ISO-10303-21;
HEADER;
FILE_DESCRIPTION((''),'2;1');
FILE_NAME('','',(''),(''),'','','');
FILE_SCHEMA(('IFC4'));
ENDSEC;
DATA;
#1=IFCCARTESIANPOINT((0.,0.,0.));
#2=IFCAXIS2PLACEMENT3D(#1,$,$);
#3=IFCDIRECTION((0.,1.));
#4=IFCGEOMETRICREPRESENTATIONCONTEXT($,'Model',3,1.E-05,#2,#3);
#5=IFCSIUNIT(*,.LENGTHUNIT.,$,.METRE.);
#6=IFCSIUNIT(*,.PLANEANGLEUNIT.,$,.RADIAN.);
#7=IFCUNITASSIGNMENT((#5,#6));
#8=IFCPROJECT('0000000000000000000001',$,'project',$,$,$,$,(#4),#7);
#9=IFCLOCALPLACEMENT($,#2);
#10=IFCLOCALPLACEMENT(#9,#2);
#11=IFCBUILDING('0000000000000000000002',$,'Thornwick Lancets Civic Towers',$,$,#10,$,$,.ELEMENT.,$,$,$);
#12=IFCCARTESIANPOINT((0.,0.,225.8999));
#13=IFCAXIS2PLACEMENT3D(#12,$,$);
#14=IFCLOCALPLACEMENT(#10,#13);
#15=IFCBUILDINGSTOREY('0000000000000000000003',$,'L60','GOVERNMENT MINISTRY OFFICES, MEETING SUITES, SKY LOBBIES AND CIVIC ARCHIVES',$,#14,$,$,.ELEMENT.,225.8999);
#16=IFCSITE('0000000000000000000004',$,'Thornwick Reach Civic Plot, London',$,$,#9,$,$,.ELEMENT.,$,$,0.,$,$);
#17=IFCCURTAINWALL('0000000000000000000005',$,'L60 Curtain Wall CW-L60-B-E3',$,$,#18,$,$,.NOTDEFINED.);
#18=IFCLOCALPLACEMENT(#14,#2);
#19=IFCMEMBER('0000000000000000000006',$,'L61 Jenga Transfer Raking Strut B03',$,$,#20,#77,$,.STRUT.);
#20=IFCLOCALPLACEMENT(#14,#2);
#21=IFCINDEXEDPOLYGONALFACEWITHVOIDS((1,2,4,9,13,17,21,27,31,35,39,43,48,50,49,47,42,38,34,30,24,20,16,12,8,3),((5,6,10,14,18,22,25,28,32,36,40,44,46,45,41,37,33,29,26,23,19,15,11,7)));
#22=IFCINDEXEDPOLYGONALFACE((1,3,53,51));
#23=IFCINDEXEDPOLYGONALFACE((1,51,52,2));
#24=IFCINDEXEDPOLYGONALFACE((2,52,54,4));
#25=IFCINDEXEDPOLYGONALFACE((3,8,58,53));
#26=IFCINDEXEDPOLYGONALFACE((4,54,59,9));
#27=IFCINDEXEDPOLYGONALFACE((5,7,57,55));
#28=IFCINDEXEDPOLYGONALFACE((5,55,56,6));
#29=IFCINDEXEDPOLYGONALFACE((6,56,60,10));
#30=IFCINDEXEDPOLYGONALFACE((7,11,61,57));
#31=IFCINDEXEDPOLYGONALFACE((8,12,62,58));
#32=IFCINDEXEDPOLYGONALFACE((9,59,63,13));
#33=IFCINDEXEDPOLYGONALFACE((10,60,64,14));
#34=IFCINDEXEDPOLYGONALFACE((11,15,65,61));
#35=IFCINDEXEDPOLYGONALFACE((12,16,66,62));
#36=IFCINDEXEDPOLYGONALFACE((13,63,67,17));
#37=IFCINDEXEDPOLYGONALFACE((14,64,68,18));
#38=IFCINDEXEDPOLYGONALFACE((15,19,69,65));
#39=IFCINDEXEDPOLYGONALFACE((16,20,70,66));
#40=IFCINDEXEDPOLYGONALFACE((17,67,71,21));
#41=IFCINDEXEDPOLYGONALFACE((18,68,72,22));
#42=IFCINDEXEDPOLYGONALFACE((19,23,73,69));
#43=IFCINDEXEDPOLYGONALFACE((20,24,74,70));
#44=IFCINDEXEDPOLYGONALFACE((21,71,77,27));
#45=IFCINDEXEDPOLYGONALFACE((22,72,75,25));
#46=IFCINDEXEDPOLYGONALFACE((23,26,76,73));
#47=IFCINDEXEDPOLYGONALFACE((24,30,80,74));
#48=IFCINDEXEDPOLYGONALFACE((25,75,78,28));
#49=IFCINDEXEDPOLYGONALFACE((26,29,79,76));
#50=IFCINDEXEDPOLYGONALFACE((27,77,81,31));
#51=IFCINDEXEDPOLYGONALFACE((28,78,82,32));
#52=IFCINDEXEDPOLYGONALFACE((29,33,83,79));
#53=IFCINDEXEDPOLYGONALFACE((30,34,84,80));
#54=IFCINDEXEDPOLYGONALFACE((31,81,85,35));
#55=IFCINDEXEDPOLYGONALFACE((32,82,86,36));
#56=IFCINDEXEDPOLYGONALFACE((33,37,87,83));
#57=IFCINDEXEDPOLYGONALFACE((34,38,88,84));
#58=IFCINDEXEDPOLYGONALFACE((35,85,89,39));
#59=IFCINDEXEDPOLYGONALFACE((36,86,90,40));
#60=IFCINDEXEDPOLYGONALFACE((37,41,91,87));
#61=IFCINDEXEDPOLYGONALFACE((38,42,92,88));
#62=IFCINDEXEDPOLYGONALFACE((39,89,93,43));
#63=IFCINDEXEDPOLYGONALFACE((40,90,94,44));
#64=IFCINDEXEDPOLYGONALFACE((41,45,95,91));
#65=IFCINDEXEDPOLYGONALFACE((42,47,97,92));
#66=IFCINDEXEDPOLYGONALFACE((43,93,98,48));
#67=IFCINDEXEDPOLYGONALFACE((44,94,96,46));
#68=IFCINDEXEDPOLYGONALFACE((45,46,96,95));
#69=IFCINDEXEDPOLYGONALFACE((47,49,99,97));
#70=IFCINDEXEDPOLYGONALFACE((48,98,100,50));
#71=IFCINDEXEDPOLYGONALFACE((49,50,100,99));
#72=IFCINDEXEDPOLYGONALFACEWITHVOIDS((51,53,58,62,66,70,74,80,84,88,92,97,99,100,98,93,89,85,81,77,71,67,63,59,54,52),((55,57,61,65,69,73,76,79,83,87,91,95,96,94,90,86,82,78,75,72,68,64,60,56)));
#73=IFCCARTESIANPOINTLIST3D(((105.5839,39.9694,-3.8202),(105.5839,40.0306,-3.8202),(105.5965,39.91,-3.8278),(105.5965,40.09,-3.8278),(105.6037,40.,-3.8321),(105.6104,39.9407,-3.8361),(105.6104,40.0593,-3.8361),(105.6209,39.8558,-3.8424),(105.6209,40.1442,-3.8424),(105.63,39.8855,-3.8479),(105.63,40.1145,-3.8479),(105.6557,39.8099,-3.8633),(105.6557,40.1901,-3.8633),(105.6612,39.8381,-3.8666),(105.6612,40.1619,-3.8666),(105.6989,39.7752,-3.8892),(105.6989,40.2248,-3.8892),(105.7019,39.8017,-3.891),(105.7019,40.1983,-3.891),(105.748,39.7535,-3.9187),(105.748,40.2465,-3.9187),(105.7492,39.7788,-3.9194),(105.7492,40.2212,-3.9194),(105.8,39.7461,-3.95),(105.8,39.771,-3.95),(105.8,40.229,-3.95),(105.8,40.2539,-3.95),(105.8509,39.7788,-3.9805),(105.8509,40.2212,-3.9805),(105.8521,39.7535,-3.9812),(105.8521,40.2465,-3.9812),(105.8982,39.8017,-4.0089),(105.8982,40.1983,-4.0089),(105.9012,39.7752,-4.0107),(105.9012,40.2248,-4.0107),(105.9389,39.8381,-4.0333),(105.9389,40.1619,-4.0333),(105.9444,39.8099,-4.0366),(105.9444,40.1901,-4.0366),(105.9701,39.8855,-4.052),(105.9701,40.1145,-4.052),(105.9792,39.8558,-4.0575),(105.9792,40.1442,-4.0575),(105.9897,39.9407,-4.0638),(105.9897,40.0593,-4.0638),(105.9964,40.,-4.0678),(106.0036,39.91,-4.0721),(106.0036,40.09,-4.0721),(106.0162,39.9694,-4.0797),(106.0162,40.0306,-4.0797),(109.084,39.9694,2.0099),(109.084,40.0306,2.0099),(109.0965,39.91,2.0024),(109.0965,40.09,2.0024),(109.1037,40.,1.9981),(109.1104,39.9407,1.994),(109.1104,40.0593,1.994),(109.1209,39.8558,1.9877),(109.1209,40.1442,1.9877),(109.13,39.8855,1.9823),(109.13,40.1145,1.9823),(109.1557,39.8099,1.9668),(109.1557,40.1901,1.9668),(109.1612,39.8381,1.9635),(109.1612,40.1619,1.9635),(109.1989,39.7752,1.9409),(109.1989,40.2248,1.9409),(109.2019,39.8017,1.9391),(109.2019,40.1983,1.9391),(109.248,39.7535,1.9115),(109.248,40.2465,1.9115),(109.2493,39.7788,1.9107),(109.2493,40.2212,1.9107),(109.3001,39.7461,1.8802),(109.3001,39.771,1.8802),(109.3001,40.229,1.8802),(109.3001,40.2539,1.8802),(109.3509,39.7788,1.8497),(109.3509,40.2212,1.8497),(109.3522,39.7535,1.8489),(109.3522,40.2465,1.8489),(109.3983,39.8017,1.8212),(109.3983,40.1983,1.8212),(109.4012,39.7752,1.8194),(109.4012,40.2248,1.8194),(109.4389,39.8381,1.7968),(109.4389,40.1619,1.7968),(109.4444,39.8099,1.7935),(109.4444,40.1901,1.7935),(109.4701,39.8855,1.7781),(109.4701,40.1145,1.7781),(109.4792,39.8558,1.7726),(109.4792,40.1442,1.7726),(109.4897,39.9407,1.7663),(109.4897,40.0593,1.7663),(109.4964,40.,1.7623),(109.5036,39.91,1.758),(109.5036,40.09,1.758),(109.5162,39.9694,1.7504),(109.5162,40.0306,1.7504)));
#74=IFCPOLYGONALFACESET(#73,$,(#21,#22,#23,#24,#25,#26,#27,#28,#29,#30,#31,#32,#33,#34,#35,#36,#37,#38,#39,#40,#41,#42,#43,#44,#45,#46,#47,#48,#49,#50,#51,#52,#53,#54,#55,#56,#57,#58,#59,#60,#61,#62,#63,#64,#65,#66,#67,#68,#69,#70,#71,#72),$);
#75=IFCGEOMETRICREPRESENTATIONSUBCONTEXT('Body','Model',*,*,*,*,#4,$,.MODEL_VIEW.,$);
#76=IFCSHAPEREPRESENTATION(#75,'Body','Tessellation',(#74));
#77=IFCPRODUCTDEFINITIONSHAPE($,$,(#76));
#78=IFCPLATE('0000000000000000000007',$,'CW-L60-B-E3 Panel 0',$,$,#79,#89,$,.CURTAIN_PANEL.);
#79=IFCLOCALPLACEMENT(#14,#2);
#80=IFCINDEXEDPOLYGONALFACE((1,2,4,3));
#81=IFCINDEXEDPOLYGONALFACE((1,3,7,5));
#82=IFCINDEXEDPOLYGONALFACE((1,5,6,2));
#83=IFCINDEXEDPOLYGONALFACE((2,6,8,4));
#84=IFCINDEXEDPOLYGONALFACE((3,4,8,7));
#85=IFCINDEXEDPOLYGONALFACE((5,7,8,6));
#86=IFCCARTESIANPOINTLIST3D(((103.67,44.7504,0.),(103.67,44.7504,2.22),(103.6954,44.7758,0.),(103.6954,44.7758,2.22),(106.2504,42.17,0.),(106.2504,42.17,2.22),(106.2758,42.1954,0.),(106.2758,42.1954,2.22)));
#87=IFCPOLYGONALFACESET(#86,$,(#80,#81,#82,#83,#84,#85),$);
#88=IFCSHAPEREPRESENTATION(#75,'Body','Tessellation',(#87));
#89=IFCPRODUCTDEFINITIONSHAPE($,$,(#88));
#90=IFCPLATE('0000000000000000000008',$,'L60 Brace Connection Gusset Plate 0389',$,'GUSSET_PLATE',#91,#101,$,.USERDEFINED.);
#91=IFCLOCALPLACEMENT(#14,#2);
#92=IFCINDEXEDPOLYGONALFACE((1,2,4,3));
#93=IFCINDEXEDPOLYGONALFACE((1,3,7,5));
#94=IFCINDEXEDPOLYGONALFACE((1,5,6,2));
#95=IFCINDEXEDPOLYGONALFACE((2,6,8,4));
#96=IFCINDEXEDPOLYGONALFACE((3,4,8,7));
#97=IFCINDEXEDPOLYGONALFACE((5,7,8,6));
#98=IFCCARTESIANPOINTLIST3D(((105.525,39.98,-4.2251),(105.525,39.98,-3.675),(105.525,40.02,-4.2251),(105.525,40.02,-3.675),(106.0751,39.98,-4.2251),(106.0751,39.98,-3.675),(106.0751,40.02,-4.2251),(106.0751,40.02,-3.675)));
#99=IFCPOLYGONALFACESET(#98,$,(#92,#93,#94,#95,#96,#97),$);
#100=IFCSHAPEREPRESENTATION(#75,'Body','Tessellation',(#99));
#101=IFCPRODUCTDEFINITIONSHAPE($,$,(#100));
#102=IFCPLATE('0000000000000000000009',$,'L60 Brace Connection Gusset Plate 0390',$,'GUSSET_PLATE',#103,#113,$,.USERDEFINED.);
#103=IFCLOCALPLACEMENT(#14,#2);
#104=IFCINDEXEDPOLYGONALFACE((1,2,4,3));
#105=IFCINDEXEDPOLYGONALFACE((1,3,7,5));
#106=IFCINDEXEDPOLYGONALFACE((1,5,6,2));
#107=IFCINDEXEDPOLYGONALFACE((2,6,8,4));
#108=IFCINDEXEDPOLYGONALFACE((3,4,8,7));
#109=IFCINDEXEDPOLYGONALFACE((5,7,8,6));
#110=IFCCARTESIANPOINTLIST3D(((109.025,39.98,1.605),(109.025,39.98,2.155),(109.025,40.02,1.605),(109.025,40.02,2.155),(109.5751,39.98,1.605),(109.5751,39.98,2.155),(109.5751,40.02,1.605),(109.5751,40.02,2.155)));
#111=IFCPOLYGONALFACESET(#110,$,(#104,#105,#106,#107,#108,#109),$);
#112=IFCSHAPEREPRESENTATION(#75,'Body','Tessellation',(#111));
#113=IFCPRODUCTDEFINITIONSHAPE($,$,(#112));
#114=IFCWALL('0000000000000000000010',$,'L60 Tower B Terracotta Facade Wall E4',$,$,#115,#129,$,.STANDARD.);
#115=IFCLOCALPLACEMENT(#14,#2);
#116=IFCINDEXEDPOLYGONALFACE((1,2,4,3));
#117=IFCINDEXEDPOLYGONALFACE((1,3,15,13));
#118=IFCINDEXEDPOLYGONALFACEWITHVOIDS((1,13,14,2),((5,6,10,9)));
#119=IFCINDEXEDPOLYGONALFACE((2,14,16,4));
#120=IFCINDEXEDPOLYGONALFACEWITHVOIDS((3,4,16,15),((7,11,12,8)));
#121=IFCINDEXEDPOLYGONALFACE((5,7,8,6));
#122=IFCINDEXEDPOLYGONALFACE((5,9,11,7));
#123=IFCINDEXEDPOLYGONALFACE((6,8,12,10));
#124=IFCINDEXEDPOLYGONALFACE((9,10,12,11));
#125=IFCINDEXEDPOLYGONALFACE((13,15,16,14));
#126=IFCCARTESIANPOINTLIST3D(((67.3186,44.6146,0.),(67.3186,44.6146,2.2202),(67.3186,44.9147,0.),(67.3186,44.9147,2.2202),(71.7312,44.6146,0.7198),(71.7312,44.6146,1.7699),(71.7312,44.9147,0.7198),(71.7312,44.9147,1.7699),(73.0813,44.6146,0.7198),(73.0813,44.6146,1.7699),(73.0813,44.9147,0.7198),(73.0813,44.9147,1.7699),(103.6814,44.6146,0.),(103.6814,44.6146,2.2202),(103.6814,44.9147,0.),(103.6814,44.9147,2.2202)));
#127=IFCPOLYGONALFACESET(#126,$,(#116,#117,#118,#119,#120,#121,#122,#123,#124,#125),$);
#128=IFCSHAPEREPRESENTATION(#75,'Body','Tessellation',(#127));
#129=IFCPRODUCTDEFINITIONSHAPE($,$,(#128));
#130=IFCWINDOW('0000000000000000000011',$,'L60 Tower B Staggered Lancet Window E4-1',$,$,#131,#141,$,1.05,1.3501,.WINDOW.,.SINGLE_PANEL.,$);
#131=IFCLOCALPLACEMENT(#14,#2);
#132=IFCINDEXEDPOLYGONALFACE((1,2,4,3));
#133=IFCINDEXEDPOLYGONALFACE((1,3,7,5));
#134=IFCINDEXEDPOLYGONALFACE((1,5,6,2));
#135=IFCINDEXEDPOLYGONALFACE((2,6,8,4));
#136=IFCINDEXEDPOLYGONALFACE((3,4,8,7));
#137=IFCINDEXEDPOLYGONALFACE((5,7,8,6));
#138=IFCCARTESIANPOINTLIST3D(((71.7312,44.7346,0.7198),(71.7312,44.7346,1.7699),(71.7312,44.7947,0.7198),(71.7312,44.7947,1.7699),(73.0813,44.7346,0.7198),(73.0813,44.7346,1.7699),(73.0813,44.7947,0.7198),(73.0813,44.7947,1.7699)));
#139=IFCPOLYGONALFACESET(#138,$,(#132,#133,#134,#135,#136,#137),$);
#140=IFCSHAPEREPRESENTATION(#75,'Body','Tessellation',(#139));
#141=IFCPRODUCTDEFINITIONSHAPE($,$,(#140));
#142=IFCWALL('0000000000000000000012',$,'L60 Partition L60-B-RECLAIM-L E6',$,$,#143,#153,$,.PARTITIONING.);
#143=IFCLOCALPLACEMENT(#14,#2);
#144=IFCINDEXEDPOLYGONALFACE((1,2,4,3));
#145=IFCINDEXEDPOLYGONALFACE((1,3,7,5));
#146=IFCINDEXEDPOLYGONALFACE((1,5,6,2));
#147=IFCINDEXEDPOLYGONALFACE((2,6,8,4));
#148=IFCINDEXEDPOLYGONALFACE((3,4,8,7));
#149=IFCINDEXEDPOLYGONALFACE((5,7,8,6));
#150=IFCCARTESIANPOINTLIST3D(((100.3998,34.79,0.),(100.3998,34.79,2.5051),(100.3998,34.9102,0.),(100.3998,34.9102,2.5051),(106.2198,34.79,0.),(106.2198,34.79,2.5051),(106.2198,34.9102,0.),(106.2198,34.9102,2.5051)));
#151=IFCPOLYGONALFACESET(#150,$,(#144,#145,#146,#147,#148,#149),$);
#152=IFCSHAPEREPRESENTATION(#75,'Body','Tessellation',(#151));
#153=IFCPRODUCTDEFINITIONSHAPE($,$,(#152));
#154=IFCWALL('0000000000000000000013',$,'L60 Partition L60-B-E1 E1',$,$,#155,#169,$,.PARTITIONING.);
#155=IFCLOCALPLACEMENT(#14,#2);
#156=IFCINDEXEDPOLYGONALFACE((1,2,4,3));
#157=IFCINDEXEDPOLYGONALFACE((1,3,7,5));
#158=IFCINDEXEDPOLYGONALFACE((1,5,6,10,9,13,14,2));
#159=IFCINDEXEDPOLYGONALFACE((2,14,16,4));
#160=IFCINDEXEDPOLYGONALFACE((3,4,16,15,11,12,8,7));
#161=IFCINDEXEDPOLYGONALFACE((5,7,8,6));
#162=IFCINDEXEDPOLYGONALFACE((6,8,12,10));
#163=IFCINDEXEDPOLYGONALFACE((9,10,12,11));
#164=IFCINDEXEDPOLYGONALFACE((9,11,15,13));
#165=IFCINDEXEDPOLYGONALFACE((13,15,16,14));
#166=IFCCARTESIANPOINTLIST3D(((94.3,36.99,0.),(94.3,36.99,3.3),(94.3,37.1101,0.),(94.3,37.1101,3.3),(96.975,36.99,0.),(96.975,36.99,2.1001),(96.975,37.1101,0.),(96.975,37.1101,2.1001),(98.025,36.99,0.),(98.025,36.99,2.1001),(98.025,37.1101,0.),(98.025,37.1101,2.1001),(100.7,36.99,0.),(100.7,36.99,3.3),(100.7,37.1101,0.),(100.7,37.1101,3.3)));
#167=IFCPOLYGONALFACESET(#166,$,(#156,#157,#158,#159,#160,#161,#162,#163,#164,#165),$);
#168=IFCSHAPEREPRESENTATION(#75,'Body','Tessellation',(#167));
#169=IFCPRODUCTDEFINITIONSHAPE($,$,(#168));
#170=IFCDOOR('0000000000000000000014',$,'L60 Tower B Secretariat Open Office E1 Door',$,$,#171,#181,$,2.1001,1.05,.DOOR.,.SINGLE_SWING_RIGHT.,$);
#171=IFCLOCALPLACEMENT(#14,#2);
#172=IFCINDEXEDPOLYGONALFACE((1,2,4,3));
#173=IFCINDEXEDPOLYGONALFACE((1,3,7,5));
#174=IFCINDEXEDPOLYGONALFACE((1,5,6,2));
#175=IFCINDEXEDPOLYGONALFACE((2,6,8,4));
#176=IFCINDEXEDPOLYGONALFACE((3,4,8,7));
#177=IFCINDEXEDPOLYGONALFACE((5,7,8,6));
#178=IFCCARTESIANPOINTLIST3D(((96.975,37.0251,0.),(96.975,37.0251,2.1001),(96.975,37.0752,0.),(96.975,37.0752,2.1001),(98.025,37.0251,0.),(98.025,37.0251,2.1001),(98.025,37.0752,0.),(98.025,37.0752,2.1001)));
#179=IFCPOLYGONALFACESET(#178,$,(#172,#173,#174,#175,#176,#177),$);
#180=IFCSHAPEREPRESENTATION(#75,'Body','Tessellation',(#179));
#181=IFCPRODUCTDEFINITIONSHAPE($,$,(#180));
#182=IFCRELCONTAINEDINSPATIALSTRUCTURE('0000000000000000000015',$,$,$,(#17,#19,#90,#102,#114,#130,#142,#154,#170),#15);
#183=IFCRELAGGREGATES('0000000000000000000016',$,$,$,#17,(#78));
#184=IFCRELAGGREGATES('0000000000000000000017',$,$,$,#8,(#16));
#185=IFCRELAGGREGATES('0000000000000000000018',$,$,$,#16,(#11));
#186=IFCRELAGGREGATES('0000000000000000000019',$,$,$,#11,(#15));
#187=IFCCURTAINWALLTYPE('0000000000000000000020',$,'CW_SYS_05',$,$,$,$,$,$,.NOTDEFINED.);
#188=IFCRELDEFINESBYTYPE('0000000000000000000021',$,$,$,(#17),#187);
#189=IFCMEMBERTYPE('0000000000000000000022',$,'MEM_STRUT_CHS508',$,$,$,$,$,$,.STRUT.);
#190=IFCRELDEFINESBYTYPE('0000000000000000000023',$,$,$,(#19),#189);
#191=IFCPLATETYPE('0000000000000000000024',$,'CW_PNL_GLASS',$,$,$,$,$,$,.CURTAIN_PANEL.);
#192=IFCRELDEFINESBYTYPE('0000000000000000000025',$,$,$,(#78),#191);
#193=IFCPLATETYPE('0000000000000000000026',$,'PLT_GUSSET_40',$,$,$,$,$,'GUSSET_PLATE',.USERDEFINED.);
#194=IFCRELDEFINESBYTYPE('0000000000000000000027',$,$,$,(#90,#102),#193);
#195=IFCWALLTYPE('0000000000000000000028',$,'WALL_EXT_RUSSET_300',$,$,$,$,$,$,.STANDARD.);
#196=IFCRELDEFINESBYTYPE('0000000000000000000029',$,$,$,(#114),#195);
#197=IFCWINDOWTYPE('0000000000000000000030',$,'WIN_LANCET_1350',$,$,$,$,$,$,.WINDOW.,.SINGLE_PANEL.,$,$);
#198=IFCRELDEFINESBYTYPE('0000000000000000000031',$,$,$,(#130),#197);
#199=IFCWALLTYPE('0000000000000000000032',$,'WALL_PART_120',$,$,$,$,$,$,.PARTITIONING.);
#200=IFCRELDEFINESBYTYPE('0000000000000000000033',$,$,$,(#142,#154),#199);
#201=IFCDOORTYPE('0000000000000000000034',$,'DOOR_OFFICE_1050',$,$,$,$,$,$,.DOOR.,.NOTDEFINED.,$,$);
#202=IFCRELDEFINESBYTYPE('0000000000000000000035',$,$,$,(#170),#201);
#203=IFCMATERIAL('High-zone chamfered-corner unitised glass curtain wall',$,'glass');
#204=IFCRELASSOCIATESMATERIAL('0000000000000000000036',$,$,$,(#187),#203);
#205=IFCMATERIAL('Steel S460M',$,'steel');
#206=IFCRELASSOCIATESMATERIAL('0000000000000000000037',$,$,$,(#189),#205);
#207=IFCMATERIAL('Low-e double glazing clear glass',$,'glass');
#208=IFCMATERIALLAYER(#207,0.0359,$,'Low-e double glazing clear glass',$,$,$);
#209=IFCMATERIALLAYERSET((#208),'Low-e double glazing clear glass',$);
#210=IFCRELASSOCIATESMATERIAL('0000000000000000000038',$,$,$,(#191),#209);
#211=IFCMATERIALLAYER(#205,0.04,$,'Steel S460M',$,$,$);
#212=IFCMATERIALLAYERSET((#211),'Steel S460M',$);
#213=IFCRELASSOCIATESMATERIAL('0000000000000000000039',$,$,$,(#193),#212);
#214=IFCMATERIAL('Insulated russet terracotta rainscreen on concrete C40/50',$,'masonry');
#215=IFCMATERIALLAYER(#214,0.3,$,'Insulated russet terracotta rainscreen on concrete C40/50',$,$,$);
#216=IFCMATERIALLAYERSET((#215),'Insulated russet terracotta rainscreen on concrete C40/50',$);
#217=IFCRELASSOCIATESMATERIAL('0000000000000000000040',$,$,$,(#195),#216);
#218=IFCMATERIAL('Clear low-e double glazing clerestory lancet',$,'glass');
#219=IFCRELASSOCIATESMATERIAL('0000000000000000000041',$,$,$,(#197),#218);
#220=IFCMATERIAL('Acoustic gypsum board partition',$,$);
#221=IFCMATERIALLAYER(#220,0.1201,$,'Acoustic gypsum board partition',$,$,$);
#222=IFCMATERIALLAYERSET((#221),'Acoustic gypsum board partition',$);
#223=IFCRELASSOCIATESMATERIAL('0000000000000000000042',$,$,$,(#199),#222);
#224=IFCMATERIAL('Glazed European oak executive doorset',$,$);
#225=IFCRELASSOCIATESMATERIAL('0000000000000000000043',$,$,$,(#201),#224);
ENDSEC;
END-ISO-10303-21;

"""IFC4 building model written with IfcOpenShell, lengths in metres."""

from ifc_helpers import new_model, si_unit, direction, frame, frame_2d, origin, origin_2d, place, context, subcontext, project, spatial, rectangle, hollow_circle, extrude, material, layer, layer_set, material_profile, profile_set, type_object, element, fill, aggregate, save


model = new_model("IFC4")

# Units and contexts
model_context = context("Model", 3, precision=1e-05, world=origin(), true_north=direction((0.0, 1.0)))
body_context = subcontext(model_context, "Body", "Model", "MODEL_VIEW")
ifc_project = project(units=[si_unit("LENGTHUNIT", "METRE"), si_unit("PLANEANGLEUNIT", "RADIAN")], contexts=[model_context])

# Site, building, storey
site_placement = place(None, origin())
site = spatial("IfcSite", under=ifc_project, at=site_placement, Name="Thornwick Reach Civic Plot, London", CompositionType="ELEMENT", RefElevation=0.0)
building_placement = place(site_placement, origin())
building = spatial("IfcBuilding", under=site, at=building_placement, Name="Thornwick Lancets Civic Towers", CompositionType="ELEMENT")
storey_placement = place(building_placement, frame((0.0, 0.0, 225.8999)))
storey = spatial("IfcBuildingStorey", under=building, at=storey_placement, Name="L60", Description="GOVERNMENT MINISTRY OFFICES, MEETING SUITES, SKY LOBBIES AND CIVIC ARCHIVES", CompositionType="ELEMENT", Elevation=225.8999)

# Curtain wall
ifc_material_1 = material(Name="High-zone chamfered-corner unitised glass curtain wall", Category="glass")
curtain_wall_type = type_object("IfcCurtainWallType", Name="CW_SYS_05", PredefinedType="NOTDEFINED", material=ifc_material_1)
curtain_wall_placement = place(storey_placement, origin())
curtain_wall = element("IfcCurtainWall", 1, at=curtain_wall_placement, inside=storey, type_object=curtain_wall_type, Name="L60 Curtain Wall CW-L60-B-E3", PredefinedType="NOTDEFINED")

# Member
ifc_material_2 = material(Name="Steel S460M", Category="steel")
ifc_material_profile_1 = material_profile(ifc_material_2, hollow_circle(Radius=0.2539, WallThickness=0.0249, at=origin_2d()), Name="CHS 508x25")
ifc_profile_set_1 = profile_set([ifc_material_profile_1], Name="Steel S460M")
member_type_1 = type_object("IfcMemberType", Name="MEM_STRUT_CHS508", PredefinedType="STRUT", material=ifc_profile_set_1)
member_1_placement = place(storey_placement, frame((105.8, 40.0, -3.95), z_axis=(0.514707, 0.0, 0.857366), x_axis=(0.0, 1.0, 0.0)))
element("IfcMember", 2, at=member_1_placement, inside=storey, type_object=member_type_1, Name="L61 Jenga Transfer Raking Strut B03", PredefinedType="STRUT", context=body_context, shape_type="SweptSolid", body=[
    extrude(hollow_circle(Radius=0.2539, WallThickness=0.0249, at=origin_2d()), origin(), (0.0, 0.0, 1.0), 6.8),
])

# Plate
ifc_material_3 = material(Name="Low-e double glazing clear glass", Category="glass")
ifc_layer_1 = layer(ifc_material_3, 0.0359, Name="Low-e double glazing clear glass")
ifc_layer_set_1 = layer_set([ifc_layer_1], Name="Low-e double glazing clear glass")
plate_type_1 = type_object("IfcPlateType", Name="CW_PNL_GLASS", PredefinedType="CURTAIN_PANEL", material=ifc_layer_set_1)
plate_placement = place(storey_placement, frame((104.9729, 43.4729, 0.0), z_axis=(0.0, 0.0, 1.0), x_axis=(-0.707107, 0.707107, 0.0)))
plate = element("IfcPlate", 3, at=plate_placement, type_object=plate_type_1, Name="CW-L60-B-E3 Panel 0", PredefinedType="CURTAIN_PANEL", context=body_context, shape_type="SweptSolid", body=[
    extrude(rectangle(XDim=3.6492, YDim=0.0359, at=origin_2d()), origin(), (0.0, 0.0, 1.0), 2.22),
])
aggregate(curtain_wall, [plate])

# Plates
ifc_layer_2 = layer(ifc_material_2, 0.04, Name="Steel S460M")
ifc_layer_set_2 = layer_set([ifc_layer_2], Name="Steel S460M")
plate_type_2 = type_object("IfcPlateType", Name="PLT_GUSSET_40", ElementType="GUSSET_PLATE", PredefinedType="USERDEFINED", material=ifc_layer_set_2)
for number, where, z_axis, x_axis, name in (
    (4, (105.8, 40.0, -4.2251), (0.0, 0.0, 1.0), (1.0, 0.0, 0.0), "L60 Brace Connection Gusset Plate 0389"),
    (5, (109.3, 40.0, 1.605), (0.0, 0.0, 1.0), (1.0, 0.0, 0.0), "L60 Brace Connection Gusset Plate 0390"),
):
    element("IfcPlate", number, at=place(storey_placement, frame(where, z_axis=z_axis, x_axis=x_axis)), inside=storey, type_object=plate_type_2, Name=name, ObjectType="GUSSET_PLATE", PredefinedType="USERDEFINED", context=body_context, shape_type="SweptSolid", body=[
        extrude(rectangle(XDim=0.55, YDim=0.04, at=origin_2d()), origin(), (0.0, 0.0, 1.0), 0.55),
    ])

# Wall, opening, window
ifc_material_4 = material(Name="Insulated russet terracotta rainscreen on concrete C40/50", Category="masonry")
ifc_layer_3 = layer(ifc_material_4, 0.3, Name="Insulated russet terracotta rainscreen on concrete C40/50")
ifc_layer_set_3 = layer_set([ifc_layer_3], Name="Insulated russet terracotta rainscreen on concrete C40/50")
wall_type_1 = type_object("IfcWallType", Name="WALL_EXT_RUSSET_300", PredefinedType="STANDARD", material=ifc_layer_set_3)
wall_1_placement = place(storey_placement, frame((103.6814, 44.7646, 0.0), z_axis=(0.0, 0.0, 1.0), x_axis=(-1.0, 0.0, 0.0)))
wall_1 = element("IfcWall", 6, at=wall_1_placement, inside=storey, type_object=wall_type_1, Name="L60 Tower B Terracotta Facade Wall E4", PredefinedType="STANDARD", context=body_context, shape_type="SweptSolid", body=[
    extrude(rectangle(XDim=36.3628, YDim=0.3, at=frame_2d((18.1814, 0.0))), origin(), (0.0, 0.0, 1.0), 2.2202),
])
opening_1_placement = place(wall_1_placement, frame((30.6001, 0.0, 0.72)))
opening_1 = element("IfcOpeningElement", 7, at=opening_1_placement, cuts=wall_1, PredefinedType="OPENING", context=body_context, shape_type="SweptSolid", body=[
    extrude(rectangle(XDim=1.3501, YDim=1.05, at=frame_2d((0.675, 0.5249))), frame((0.0, 0.1602, 0.0), z_axis=(0.0, -1.0, 0.0), x_axis=(1.0, 0.0, 0.0)), (0.0, 0.0, 1.0), 0.3201),
])
ifc_material_5 = material(Name="Clear low-e double glazing clerestory lancet", Category="glass")
window_type = type_object("IfcWindowType", Name="WIN_LANCET_1350", PartitioningType="SINGLE_PANEL", PredefinedType="WINDOW", material=ifc_material_5)
window_placement = place(opening_1_placement, origin())
window = element("IfcWindow", 8, at=window_placement, inside=storey, type_object=window_type, Name="L60 Tower B Staggered Lancet Window E4-1", OverallHeight=1.05, OverallWidth=1.3501, PartitioningType="SINGLE_PANEL", PredefinedType="WINDOW", context=body_context, shape_type="SweptSolid", body=[
    extrude(rectangle(XDim=1.3501, YDim=1.05, at=frame_2d((0.675, 0.5249))), frame((0.0, 0.03, 0.0), z_axis=(0.0, -1.0, 0.0), x_axis=(1.0, 0.0, 0.0)), (0.0, 0.0, 1.0), 0.0601),
])
fill(opening_1, window)

# Wall
ifc_material_6 = material(Name="Acoustic gypsum board partition")
ifc_layer_4 = layer(ifc_material_6, 0.1201, Name="Acoustic gypsum board partition")
ifc_layer_set_4 = layer_set([ifc_layer_4], Name="Acoustic gypsum board partition")
wall_type_2 = type_object("IfcWallType", Name="WALL_PART_120", PredefinedType="PARTITIONING", material=ifc_layer_set_4)
wall_2_placement = place(storey_placement, frame((106.22, 34.8501, 0.0), z_axis=(0.0, 0.0, 1.0), x_axis=(-1.0, 0.0, 0.0)))
element("IfcWall", 9, at=wall_2_placement, inside=storey, type_object=wall_type_2, Name="L60 Partition L60-B-RECLAIM-L E6", PredefinedType="PARTITIONING", context=body_context, shape_type="SweptSolid", body=[
    extrude(rectangle(XDim=5.8201, YDim=0.1201, at=frame_2d((2.9102, 0.0))), origin(), (0.0, 0.0, 1.0), 2.5051),
])

# Wall, opening, door
wall_3_placement = place(storey_placement, frame((100.7, 37.05, 0.0), z_axis=(0.0, 0.0, 1.0), x_axis=(-1.0, 0.0, 0.0)))
wall_3 = element("IfcWall", 10, at=wall_3_placement, inside=storey, type_object=wall_type_2, Name="L60 Partition L60-B-E1 E1", PredefinedType="PARTITIONING", context=body_context, shape_type="SweptSolid", body=[
    extrude(rectangle(XDim=6.3999, YDim=0.1201, at=frame_2d((3.2, 0.0))), origin(), (0.0, 0.0, 1.0), 3.3),
])
opening_2_placement = place(wall_3_placement, frame((2.675, 0.0, 0.0)))
opening_2 = element("IfcOpeningElement", 11, at=opening_2_placement, cuts=wall_3, PredefinedType="OPENING", context=body_context, shape_type="SweptSolid", body=[
    extrude(rectangle(XDim=1.05, YDim=2.1001, at=frame_2d((0.5249, 1.05))), frame((0.0, 0.0701, 0.0), z_axis=(0.0, -1.0, 0.0), x_axis=(1.0, 0.0, 0.0)), (0.0, 0.0, 1.0), 0.1401),
])
ifc_material_7 = material(Name="Glazed European oak executive doorset")
door_type = type_object("IfcDoorType", Name="DOOR_OFFICE_1050", OperationType="NOTDEFINED", PredefinedType="DOOR", material=ifc_material_7)
door_placement = place(opening_2_placement, origin())
door = element("IfcDoor", 12, at=door_placement, inside=storey, type_object=door_type, Name="L60 Tower B Secretariat Open Office E1 Door", OperationType="SINGLE_SWING_RIGHT", OverallHeight=2.1001, OverallWidth=1.05, PredefinedType="DOOR", context=body_context, shape_type="SweptSolid", body=[
    extrude(rectangle(XDim=1.05, YDim=2.1001, at=frame_2d((0.5249, 1.05))), frame((0.0, 0.0249, 0.0), z_axis=(0.0, -1.0, 0.0), x_axis=(1.0, 0.0, 0.0)), (0.0, 0.0, 1.0), 0.05),
])
fill(opening_2, door)

save(model, "model.ifc")
